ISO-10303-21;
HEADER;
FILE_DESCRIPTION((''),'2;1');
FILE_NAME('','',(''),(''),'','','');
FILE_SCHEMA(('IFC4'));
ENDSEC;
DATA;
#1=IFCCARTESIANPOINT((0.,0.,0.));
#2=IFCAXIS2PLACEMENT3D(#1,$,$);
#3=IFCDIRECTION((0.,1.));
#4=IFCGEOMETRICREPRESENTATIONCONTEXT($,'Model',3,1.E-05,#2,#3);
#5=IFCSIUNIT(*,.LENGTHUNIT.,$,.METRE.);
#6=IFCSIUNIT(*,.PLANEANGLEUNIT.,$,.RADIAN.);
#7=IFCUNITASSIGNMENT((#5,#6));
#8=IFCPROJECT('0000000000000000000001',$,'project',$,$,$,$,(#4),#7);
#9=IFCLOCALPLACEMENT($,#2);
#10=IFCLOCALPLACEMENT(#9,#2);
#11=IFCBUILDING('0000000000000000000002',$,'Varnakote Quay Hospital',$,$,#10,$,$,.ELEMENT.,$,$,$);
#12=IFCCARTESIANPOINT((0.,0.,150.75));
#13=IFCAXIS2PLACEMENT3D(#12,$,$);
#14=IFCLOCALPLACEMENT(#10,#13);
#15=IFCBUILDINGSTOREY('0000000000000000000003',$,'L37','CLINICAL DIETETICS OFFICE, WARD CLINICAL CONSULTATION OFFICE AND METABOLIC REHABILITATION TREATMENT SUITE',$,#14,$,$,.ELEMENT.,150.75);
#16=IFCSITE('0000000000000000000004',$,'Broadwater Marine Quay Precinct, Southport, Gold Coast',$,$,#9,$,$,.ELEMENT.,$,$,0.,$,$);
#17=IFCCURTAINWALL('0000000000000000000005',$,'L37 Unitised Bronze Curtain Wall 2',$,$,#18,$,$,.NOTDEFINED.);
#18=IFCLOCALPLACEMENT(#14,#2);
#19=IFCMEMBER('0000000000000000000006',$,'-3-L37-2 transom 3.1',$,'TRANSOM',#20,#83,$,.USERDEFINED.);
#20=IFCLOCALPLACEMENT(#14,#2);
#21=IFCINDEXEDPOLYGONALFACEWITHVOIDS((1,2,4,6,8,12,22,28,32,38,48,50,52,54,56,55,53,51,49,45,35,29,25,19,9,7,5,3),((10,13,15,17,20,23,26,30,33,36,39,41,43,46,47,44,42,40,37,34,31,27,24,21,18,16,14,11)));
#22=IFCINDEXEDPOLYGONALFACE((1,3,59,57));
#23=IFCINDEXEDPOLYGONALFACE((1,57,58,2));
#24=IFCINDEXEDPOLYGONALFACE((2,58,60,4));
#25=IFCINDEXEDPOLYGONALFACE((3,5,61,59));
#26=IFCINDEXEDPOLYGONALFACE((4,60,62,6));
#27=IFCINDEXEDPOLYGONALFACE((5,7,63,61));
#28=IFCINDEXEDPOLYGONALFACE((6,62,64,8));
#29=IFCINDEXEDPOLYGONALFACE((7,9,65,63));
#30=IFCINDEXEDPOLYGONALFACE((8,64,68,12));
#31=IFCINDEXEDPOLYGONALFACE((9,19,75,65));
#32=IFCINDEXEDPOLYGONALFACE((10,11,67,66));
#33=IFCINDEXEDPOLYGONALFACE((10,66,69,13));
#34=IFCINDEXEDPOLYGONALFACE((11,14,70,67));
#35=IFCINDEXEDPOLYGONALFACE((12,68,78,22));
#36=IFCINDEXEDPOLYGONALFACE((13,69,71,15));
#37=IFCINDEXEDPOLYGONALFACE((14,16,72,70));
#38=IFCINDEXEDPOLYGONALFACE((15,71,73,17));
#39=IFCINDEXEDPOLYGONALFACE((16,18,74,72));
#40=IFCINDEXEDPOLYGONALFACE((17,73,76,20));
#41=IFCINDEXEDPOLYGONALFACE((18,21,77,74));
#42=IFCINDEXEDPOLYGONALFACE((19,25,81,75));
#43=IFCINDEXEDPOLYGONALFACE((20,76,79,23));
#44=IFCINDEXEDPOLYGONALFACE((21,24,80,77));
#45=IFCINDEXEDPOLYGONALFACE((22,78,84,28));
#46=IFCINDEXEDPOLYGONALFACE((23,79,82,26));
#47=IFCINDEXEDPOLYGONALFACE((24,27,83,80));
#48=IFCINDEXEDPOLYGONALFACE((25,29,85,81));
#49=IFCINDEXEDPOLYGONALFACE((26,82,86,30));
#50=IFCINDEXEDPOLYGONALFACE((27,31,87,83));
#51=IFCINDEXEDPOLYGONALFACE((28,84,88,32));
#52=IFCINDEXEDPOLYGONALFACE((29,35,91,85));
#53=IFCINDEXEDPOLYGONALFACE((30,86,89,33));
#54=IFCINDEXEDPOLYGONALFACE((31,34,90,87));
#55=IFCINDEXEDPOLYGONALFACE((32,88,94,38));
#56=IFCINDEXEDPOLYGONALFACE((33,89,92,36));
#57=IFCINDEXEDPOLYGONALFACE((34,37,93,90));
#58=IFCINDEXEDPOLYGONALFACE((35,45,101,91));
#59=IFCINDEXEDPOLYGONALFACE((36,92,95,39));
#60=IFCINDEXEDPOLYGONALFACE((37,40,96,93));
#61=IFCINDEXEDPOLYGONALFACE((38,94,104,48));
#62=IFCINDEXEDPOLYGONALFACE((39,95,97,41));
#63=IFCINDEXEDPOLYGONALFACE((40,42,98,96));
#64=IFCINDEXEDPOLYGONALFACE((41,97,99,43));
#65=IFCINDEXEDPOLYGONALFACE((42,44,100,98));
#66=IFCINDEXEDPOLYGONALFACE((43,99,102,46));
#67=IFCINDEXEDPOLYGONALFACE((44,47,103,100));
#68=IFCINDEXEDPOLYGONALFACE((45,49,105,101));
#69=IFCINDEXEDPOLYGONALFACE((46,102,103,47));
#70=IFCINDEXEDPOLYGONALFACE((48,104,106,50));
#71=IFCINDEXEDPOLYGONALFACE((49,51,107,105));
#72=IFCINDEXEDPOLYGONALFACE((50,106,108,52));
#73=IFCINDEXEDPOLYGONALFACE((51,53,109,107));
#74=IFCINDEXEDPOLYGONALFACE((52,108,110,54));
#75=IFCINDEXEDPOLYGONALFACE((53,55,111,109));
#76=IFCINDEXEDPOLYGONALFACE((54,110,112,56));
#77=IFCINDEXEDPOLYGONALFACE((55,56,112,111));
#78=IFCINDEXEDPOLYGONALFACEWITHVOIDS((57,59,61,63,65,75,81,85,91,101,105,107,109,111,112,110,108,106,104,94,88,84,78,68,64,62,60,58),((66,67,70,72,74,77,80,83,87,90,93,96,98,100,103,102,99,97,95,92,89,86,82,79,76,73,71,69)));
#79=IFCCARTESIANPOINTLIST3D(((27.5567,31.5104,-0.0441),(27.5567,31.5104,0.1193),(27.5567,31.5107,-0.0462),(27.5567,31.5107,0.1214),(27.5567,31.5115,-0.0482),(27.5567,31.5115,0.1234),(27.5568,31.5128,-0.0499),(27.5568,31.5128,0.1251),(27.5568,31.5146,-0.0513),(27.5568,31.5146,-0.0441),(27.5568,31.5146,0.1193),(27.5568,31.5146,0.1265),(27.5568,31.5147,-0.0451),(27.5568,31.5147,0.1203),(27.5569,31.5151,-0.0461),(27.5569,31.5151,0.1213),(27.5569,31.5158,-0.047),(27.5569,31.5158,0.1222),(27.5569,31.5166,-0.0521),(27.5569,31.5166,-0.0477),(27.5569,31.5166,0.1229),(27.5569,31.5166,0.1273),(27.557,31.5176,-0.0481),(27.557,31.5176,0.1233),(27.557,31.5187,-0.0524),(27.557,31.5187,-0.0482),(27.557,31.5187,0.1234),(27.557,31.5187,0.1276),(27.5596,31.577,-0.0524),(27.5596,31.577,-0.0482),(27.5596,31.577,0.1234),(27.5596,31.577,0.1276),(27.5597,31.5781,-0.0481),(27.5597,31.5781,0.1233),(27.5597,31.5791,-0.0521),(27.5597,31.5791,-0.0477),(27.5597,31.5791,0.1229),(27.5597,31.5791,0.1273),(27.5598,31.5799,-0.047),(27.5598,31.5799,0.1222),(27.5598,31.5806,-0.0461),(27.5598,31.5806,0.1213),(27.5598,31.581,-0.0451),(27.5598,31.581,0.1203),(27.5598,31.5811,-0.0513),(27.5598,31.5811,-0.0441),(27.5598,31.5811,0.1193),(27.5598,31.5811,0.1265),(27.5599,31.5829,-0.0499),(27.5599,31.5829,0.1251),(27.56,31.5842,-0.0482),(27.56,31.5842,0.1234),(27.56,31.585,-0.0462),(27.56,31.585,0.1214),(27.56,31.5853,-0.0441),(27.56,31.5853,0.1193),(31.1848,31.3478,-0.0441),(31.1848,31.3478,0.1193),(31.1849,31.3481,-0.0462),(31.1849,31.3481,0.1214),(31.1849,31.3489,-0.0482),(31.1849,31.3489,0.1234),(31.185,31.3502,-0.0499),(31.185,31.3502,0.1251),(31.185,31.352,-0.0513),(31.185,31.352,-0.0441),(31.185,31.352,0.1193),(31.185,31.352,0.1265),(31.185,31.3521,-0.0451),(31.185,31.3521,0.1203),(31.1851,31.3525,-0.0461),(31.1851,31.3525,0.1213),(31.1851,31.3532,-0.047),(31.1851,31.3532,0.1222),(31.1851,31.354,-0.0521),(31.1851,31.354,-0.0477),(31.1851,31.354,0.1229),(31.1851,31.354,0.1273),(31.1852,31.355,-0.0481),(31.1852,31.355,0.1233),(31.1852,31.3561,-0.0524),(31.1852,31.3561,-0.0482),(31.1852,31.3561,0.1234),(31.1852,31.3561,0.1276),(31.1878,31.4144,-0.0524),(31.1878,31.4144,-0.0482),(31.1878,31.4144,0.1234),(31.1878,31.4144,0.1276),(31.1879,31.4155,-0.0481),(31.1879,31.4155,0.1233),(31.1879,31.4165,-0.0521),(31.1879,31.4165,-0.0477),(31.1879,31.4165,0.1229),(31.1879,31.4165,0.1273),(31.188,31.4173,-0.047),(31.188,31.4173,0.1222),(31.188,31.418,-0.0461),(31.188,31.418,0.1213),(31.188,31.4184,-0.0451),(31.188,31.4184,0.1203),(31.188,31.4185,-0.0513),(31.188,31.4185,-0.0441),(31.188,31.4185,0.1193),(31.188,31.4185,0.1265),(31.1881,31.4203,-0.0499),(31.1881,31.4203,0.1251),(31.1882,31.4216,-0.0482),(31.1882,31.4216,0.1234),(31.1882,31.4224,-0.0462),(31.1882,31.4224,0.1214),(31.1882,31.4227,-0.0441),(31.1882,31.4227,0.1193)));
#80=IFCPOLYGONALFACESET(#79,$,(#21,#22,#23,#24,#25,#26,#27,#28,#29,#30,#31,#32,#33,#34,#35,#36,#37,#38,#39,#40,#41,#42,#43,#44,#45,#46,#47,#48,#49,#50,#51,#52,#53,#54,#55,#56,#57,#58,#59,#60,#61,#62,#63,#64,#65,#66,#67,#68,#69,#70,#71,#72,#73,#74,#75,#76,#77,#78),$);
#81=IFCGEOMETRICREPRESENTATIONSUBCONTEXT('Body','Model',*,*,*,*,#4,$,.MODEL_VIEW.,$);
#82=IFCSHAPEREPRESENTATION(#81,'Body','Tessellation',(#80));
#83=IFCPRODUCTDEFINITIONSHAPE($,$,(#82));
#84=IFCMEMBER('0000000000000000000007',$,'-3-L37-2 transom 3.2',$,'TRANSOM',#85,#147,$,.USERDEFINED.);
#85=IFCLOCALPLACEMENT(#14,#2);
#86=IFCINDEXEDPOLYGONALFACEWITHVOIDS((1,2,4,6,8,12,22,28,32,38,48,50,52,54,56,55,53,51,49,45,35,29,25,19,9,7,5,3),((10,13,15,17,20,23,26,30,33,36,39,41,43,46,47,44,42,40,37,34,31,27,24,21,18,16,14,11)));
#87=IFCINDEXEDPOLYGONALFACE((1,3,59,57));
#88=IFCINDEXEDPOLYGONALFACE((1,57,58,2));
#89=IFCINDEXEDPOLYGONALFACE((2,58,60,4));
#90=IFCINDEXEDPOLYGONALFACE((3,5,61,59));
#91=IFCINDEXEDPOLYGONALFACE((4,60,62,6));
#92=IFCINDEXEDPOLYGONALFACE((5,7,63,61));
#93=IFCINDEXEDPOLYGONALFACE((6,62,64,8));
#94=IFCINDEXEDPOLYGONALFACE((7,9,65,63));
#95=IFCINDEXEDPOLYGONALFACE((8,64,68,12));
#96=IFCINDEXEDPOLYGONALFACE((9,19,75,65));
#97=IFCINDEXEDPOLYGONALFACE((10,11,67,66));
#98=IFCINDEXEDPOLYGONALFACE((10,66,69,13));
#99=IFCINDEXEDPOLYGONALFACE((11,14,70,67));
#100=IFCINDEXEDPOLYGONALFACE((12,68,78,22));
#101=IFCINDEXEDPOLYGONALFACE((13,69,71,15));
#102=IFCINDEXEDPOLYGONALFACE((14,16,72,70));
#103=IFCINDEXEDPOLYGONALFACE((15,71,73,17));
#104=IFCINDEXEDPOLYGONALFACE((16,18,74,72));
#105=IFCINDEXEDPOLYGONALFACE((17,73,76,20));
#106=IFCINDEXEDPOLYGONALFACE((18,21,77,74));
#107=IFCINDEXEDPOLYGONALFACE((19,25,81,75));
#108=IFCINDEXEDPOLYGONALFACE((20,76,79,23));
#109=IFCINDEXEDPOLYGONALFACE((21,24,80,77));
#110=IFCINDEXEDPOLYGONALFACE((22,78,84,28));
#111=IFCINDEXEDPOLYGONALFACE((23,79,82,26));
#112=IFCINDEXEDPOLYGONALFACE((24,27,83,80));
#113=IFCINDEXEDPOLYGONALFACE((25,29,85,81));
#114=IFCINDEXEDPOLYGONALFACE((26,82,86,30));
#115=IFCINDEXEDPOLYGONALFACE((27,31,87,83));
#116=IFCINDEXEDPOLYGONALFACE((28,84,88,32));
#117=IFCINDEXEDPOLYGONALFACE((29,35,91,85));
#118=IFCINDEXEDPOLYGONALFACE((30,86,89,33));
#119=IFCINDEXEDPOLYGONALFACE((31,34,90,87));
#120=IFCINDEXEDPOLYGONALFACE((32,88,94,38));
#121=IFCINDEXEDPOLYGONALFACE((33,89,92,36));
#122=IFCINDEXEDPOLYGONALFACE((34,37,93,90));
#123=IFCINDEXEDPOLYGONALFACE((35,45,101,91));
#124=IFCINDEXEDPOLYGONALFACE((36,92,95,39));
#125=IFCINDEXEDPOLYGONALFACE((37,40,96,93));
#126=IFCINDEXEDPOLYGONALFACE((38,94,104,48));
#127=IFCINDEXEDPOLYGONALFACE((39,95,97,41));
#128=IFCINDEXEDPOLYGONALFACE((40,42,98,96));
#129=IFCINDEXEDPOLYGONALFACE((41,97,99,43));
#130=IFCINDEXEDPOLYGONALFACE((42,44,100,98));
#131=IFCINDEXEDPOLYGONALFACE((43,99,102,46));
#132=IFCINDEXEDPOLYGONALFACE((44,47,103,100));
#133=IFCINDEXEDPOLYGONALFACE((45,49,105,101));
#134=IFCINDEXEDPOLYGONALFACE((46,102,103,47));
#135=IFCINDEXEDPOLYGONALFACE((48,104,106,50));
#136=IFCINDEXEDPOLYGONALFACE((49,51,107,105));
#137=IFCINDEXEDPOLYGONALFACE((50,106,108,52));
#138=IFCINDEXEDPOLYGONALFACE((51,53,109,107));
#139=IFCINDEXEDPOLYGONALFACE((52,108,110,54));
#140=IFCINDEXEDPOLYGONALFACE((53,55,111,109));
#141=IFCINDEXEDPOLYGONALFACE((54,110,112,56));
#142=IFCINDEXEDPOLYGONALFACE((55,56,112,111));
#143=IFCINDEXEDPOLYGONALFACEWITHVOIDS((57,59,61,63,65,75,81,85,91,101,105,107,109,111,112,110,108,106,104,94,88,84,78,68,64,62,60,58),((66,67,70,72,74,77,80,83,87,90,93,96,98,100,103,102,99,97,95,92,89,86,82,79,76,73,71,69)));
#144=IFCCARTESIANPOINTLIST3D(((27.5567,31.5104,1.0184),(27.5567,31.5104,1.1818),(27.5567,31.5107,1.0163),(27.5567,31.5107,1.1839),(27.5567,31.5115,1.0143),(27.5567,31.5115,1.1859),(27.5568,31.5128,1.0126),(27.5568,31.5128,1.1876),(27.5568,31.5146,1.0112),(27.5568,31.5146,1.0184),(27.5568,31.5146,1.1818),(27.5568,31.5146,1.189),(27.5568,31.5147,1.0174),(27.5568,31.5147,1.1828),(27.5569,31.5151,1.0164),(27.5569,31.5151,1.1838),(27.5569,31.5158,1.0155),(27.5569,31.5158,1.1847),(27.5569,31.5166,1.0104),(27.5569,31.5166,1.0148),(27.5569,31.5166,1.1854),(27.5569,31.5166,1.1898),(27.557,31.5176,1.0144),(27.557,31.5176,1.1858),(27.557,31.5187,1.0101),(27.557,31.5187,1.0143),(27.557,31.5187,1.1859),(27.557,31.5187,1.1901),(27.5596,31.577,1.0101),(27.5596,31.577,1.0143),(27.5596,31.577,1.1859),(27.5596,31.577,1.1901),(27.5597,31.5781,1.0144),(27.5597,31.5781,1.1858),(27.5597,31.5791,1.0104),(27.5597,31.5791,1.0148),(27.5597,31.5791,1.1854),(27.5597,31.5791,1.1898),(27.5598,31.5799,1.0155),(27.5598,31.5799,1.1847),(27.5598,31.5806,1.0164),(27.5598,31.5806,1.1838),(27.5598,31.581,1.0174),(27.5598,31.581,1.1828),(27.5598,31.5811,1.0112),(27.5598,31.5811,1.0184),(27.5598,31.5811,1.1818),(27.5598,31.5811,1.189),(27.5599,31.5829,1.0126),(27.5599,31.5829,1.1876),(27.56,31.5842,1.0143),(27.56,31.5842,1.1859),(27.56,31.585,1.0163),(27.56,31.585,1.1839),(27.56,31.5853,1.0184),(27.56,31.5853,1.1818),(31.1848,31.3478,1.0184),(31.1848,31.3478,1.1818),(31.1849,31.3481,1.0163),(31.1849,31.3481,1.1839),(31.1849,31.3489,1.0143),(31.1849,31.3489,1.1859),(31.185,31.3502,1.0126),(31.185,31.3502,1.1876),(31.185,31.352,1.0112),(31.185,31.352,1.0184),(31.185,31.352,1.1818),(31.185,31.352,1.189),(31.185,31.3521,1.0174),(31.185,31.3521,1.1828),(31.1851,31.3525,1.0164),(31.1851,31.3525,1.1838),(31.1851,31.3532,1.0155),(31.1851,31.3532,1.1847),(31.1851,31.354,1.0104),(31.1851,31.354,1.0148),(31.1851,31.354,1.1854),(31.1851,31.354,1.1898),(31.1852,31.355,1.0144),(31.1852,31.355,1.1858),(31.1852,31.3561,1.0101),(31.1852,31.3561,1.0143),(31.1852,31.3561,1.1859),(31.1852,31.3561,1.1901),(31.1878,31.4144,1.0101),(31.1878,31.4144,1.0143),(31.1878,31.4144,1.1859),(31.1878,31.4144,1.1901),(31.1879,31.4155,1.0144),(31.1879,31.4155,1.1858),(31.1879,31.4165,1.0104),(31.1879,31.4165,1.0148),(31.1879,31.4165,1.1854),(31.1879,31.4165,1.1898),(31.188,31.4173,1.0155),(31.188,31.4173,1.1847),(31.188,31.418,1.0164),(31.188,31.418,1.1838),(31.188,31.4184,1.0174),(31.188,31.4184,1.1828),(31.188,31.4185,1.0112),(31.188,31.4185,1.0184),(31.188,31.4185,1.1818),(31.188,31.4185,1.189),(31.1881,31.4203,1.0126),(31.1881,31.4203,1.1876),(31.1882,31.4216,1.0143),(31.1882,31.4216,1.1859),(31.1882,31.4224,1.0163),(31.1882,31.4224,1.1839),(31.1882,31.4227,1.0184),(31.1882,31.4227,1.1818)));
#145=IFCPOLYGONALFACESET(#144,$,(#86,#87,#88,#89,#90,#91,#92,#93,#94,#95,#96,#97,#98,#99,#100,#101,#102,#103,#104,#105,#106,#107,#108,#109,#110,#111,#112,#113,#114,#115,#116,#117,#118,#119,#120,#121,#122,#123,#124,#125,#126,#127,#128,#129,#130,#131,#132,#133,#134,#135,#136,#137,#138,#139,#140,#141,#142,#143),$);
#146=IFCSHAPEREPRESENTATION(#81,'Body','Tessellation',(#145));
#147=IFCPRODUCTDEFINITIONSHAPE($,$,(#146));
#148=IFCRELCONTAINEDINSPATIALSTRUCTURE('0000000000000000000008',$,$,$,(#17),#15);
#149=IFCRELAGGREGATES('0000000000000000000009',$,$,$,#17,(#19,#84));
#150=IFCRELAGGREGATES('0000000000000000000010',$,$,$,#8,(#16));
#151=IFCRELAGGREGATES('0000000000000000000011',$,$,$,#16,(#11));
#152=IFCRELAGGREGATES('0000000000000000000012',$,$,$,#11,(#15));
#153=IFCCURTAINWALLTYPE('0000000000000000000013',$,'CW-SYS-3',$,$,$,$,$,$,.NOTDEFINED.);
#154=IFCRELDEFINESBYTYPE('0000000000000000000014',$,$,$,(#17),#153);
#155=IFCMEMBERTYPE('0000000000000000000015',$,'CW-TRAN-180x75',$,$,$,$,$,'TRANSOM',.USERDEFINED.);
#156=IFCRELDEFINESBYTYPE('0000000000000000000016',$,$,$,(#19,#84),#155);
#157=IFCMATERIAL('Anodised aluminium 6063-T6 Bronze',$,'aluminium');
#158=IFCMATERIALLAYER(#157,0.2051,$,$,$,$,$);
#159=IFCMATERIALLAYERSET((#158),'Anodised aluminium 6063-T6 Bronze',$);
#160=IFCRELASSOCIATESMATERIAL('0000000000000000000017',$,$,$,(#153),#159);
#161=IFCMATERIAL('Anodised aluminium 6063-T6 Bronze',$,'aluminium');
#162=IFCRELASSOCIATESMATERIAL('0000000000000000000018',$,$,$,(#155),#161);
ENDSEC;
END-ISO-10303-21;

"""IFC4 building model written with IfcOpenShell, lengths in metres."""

from ifc_helpers import new_model, si_unit, direction, frame, origin, origin_2d, place, context, subcontext, project, spatial, hollow_rectangle, extrude, material, layer, layer_set, material_profile, profile_set, type_object, element, aggregate, save


model = new_model("IFC4")

# Units and contexts
model_context = context("Model", 3, precision=1e-05, world=origin(), true_north=direction((0.0, 1.0)))
body_context = subcontext(model_context, "Body", "Model", "MODEL_VIEW")
ifc_project = project(units=[si_unit("LENGTHUNIT", "METRE"), si_unit("PLANEANGLEUNIT", "RADIAN")], contexts=[model_context])

# Site, building, storey
site_placement = place(None, origin())
site = spatial("IfcSite", under=ifc_project, at=site_placement, Name="Broadwater Marine Quay Precinct, Southport, Gold Coast", CompositionType="ELEMENT", RefElevation=0.0)
building_placement = place(site_placement, origin())
building = spatial("IfcBuilding", under=site, at=building_placement, Name="Varnakote Quay Hospital", CompositionType="ELEMENT")
storey_placement = place(building_placement, frame((0.0, 0.0, 150.75)))
storey = spatial("IfcBuildingStorey", under=building, at=storey_placement, Name="L37", Description="CLINICAL DIETETICS OFFICE, WARD CLINICAL CONSULTATION OFFICE AND METABOLIC REHABILITATION TREATMENT SUITE", CompositionType="ELEMENT", Elevation=150.75)

# Curtain wall, members
ifc_material_1 = material(Name="Anodised aluminium 6063-T6 Bronze", Category="aluminium")
ifc_layer_1 = layer(ifc_material_1, 0.2051)
ifc_layer_set_1 = layer_set([ifc_layer_1], Name="Anodised aluminium 6063-T6 Bronze")
curtain_wall_type = type_object("IfcCurtainWallType", Name="CW-SYS-3", PredefinedType="NOTDEFINED", material=ifc_layer_set_1)
curtain_wall_placement = place(storey_placement, origin())
curtain_wall = element("IfcCurtainWall", 1, at=curtain_wall_placement, inside=storey, type_object=curtain_wall_type, Name="L37 Unitised Bronze Curtain Wall 2", PredefinedType="NOTDEFINED")
ifc_material_2 = material(Name="Anodised aluminium 6063-T6 Bronze", Category="aluminium")
ifc_material_profile_1 = material_profile(ifc_material_2, hollow_rectangle(XDim=0.075, YDim=0.1799, WallThickness=0.0042, InnerFilletRadius=0.0042, OuterFilletRadius=0.0083, at=origin_2d()), Name="CW-TRAN-180x75")
ifc_profile_set_1 = profile_set([ifc_material_profile_1], Name="Anodised aluminium 6063-T6 Bronze")
member_type_1 = type_object("IfcMemberType", Name="CW-TRAN-180x75", ElementType="TRANSOM", PredefinedType="USERDEFINED", material=ifc_profile_set_1)
member_1_placement = place(storey_placement, frame((31.1865, 31.3853, 0.0376), z_axis=(-0.998997, 0.04477, 0.0), x_axis=(-0.04477, -0.998997, 0.0)))
member_1 = element("IfcMember", 2, at=member_1_placement, type_object=member_type_1, Name="-3-L37-2 transom 3.1", ObjectType="TRANSOM", PredefinedType="USERDEFINED", context=body_context, shape_type="SweptSolid", body=[
    extrude(hollow_rectangle(XDim=0.075, YDim=0.1799, WallThickness=0.0042, InnerFilletRadius=0.0042, OuterFilletRadius=0.0083, at=origin_2d()), origin(), (0.0, 0.0, 1.0), 3.6318),
])
member_2_placement = place(storey_placement, frame((31.1865, 31.3853, 1.1001), z_axis=(-0.998997, 0.04477, 0.0), x_axis=(-0.04477, -0.998997, 0.0)))
member_2 = element("IfcMember", 3, at=member_2_placement, type_object=member_type_1, Name="-3-L37-2 transom 3.2", ObjectType="TRANSOM", PredefinedType="USERDEFINED", context=body_context, shape_type="SweptSolid", body=[
    extrude(hollow_rectangle(XDim=0.075, YDim=0.1799, WallThickness=0.0042, InnerFilletRadius=0.0042, OuterFilletRadius=0.0083, at=origin_2d()), origin(), (0.0, 0.0, 1.0), 3.6318),
])
aggregate(curtain_wall, [member_1, member_2])

save(model, "model.ifc")
